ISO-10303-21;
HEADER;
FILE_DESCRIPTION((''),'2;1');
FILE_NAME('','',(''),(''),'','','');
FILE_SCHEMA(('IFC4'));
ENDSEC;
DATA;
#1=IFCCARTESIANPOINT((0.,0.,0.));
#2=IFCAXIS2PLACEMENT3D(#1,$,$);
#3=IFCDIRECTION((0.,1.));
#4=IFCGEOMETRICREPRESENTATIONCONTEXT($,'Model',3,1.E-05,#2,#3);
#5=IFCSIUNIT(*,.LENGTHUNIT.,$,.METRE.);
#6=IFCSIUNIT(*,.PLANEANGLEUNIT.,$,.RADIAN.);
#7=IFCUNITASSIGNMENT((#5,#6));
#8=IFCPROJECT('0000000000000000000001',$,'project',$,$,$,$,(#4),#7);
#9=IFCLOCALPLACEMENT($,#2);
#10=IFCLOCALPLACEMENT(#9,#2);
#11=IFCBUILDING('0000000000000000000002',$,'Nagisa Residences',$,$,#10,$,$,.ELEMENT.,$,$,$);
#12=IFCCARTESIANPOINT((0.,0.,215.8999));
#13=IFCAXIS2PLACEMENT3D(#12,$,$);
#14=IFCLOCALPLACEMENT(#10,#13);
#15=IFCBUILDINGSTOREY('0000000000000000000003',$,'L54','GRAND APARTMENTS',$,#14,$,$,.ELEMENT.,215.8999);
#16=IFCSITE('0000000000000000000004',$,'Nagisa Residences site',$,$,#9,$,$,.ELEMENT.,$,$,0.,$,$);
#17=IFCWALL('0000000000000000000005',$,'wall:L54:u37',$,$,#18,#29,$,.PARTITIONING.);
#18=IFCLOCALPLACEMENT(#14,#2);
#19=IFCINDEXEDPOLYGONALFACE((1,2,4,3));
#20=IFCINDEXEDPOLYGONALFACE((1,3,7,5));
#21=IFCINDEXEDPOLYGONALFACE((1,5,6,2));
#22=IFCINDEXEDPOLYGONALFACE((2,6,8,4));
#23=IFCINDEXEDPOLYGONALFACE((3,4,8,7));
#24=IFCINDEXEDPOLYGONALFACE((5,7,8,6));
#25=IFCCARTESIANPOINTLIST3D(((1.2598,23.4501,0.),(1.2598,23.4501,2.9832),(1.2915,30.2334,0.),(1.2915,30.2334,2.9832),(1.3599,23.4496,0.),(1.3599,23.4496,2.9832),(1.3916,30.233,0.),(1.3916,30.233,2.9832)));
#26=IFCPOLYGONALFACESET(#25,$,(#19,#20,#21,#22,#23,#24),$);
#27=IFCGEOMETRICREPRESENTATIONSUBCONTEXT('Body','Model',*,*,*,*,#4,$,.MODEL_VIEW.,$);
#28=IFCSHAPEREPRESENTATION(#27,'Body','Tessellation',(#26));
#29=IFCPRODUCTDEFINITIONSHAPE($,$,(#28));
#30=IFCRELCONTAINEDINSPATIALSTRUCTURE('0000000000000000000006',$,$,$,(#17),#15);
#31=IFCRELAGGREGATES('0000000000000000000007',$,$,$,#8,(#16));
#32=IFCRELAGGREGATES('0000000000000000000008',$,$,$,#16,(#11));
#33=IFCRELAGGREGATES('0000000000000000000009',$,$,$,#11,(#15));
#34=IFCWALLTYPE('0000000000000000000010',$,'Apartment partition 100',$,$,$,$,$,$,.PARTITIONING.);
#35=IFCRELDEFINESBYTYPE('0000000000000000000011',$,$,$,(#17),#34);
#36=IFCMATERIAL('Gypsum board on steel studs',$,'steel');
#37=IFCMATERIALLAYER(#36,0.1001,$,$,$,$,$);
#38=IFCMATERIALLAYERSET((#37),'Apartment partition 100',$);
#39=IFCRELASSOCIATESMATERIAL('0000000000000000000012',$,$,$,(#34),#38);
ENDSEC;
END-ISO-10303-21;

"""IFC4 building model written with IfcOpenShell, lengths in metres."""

from ifc_helpers import new_model, si_unit, direction, frame, frame_2d, origin, place, context, subcontext, project, spatial, rectangle, extrude, material, layer, layer_set, type_object, element, save


model = new_model("IFC4")

# Units and contexts
model_context = context("Model", 3, precision=1e-05, world=origin(), true_north=direction((0.0, 1.0)))
body_context = subcontext(model_context, "Body", "Model", "MODEL_VIEW")
ifc_project = project(units=[si_unit("LENGTHUNIT", "METRE"), si_unit("PLANEANGLEUNIT", "RADIAN")], contexts=[model_context])

# Site, building, storey
site_placement = place(None, origin())
site = spatial("IfcSite", under=ifc_project, at=site_placement, Name="Nagisa Residences site", CompositionType="ELEMENT", RefElevation=0.0)
building_placement = place(site_placement, origin())
building = spatial("IfcBuilding", under=site, at=building_placement, Name="Nagisa Residences", CompositionType="ELEMENT")
storey_placement = place(building_placement, frame((0.0, 0.0, 215.8999)))
storey = spatial("IfcBuildingStorey", under=building, at=storey_placement, Name="L54", Description="GRAND APARTMENTS", CompositionType="ELEMENT", Elevation=215.8999)

# Shared definitions
ifc_material_1 = material(Name="Gypsum board on steel studs", Category="steel")
ifc_layer_1 = layer(ifc_material_1, 0.1001)
ifc_layer_set_1 = layer_set([ifc_layer_1], Name="Apartment partition 100")
wall_type_1 = type_object("IfcWallType", Name="Apartment partition 100", PredefinedType="PARTITIONING", material=ifc_layer_set_1)

# Wall
wall_1_placement = place(storey_placement, frame((1.3098, 23.45, 0.0), z_axis=(0.0, 0.0, 1.0), x_axis=(0.004679, 0.999989, 0.0)))
element("IfcWall", 1, at=wall_1_placement, inside=storey, type_object=wall_type_1, Name="wall:L54:u37", PredefinedType="PARTITIONING", context=body_context, shape_type="SweptSolid", body=[
    extrude(rectangle(XDim=6.7834, YDim=0.1001, at=frame_2d((3.3916, 0.0))), origin(), (0.0, 0.0, 1.0), 2.9832),
])

save(model, "model.ifc")
